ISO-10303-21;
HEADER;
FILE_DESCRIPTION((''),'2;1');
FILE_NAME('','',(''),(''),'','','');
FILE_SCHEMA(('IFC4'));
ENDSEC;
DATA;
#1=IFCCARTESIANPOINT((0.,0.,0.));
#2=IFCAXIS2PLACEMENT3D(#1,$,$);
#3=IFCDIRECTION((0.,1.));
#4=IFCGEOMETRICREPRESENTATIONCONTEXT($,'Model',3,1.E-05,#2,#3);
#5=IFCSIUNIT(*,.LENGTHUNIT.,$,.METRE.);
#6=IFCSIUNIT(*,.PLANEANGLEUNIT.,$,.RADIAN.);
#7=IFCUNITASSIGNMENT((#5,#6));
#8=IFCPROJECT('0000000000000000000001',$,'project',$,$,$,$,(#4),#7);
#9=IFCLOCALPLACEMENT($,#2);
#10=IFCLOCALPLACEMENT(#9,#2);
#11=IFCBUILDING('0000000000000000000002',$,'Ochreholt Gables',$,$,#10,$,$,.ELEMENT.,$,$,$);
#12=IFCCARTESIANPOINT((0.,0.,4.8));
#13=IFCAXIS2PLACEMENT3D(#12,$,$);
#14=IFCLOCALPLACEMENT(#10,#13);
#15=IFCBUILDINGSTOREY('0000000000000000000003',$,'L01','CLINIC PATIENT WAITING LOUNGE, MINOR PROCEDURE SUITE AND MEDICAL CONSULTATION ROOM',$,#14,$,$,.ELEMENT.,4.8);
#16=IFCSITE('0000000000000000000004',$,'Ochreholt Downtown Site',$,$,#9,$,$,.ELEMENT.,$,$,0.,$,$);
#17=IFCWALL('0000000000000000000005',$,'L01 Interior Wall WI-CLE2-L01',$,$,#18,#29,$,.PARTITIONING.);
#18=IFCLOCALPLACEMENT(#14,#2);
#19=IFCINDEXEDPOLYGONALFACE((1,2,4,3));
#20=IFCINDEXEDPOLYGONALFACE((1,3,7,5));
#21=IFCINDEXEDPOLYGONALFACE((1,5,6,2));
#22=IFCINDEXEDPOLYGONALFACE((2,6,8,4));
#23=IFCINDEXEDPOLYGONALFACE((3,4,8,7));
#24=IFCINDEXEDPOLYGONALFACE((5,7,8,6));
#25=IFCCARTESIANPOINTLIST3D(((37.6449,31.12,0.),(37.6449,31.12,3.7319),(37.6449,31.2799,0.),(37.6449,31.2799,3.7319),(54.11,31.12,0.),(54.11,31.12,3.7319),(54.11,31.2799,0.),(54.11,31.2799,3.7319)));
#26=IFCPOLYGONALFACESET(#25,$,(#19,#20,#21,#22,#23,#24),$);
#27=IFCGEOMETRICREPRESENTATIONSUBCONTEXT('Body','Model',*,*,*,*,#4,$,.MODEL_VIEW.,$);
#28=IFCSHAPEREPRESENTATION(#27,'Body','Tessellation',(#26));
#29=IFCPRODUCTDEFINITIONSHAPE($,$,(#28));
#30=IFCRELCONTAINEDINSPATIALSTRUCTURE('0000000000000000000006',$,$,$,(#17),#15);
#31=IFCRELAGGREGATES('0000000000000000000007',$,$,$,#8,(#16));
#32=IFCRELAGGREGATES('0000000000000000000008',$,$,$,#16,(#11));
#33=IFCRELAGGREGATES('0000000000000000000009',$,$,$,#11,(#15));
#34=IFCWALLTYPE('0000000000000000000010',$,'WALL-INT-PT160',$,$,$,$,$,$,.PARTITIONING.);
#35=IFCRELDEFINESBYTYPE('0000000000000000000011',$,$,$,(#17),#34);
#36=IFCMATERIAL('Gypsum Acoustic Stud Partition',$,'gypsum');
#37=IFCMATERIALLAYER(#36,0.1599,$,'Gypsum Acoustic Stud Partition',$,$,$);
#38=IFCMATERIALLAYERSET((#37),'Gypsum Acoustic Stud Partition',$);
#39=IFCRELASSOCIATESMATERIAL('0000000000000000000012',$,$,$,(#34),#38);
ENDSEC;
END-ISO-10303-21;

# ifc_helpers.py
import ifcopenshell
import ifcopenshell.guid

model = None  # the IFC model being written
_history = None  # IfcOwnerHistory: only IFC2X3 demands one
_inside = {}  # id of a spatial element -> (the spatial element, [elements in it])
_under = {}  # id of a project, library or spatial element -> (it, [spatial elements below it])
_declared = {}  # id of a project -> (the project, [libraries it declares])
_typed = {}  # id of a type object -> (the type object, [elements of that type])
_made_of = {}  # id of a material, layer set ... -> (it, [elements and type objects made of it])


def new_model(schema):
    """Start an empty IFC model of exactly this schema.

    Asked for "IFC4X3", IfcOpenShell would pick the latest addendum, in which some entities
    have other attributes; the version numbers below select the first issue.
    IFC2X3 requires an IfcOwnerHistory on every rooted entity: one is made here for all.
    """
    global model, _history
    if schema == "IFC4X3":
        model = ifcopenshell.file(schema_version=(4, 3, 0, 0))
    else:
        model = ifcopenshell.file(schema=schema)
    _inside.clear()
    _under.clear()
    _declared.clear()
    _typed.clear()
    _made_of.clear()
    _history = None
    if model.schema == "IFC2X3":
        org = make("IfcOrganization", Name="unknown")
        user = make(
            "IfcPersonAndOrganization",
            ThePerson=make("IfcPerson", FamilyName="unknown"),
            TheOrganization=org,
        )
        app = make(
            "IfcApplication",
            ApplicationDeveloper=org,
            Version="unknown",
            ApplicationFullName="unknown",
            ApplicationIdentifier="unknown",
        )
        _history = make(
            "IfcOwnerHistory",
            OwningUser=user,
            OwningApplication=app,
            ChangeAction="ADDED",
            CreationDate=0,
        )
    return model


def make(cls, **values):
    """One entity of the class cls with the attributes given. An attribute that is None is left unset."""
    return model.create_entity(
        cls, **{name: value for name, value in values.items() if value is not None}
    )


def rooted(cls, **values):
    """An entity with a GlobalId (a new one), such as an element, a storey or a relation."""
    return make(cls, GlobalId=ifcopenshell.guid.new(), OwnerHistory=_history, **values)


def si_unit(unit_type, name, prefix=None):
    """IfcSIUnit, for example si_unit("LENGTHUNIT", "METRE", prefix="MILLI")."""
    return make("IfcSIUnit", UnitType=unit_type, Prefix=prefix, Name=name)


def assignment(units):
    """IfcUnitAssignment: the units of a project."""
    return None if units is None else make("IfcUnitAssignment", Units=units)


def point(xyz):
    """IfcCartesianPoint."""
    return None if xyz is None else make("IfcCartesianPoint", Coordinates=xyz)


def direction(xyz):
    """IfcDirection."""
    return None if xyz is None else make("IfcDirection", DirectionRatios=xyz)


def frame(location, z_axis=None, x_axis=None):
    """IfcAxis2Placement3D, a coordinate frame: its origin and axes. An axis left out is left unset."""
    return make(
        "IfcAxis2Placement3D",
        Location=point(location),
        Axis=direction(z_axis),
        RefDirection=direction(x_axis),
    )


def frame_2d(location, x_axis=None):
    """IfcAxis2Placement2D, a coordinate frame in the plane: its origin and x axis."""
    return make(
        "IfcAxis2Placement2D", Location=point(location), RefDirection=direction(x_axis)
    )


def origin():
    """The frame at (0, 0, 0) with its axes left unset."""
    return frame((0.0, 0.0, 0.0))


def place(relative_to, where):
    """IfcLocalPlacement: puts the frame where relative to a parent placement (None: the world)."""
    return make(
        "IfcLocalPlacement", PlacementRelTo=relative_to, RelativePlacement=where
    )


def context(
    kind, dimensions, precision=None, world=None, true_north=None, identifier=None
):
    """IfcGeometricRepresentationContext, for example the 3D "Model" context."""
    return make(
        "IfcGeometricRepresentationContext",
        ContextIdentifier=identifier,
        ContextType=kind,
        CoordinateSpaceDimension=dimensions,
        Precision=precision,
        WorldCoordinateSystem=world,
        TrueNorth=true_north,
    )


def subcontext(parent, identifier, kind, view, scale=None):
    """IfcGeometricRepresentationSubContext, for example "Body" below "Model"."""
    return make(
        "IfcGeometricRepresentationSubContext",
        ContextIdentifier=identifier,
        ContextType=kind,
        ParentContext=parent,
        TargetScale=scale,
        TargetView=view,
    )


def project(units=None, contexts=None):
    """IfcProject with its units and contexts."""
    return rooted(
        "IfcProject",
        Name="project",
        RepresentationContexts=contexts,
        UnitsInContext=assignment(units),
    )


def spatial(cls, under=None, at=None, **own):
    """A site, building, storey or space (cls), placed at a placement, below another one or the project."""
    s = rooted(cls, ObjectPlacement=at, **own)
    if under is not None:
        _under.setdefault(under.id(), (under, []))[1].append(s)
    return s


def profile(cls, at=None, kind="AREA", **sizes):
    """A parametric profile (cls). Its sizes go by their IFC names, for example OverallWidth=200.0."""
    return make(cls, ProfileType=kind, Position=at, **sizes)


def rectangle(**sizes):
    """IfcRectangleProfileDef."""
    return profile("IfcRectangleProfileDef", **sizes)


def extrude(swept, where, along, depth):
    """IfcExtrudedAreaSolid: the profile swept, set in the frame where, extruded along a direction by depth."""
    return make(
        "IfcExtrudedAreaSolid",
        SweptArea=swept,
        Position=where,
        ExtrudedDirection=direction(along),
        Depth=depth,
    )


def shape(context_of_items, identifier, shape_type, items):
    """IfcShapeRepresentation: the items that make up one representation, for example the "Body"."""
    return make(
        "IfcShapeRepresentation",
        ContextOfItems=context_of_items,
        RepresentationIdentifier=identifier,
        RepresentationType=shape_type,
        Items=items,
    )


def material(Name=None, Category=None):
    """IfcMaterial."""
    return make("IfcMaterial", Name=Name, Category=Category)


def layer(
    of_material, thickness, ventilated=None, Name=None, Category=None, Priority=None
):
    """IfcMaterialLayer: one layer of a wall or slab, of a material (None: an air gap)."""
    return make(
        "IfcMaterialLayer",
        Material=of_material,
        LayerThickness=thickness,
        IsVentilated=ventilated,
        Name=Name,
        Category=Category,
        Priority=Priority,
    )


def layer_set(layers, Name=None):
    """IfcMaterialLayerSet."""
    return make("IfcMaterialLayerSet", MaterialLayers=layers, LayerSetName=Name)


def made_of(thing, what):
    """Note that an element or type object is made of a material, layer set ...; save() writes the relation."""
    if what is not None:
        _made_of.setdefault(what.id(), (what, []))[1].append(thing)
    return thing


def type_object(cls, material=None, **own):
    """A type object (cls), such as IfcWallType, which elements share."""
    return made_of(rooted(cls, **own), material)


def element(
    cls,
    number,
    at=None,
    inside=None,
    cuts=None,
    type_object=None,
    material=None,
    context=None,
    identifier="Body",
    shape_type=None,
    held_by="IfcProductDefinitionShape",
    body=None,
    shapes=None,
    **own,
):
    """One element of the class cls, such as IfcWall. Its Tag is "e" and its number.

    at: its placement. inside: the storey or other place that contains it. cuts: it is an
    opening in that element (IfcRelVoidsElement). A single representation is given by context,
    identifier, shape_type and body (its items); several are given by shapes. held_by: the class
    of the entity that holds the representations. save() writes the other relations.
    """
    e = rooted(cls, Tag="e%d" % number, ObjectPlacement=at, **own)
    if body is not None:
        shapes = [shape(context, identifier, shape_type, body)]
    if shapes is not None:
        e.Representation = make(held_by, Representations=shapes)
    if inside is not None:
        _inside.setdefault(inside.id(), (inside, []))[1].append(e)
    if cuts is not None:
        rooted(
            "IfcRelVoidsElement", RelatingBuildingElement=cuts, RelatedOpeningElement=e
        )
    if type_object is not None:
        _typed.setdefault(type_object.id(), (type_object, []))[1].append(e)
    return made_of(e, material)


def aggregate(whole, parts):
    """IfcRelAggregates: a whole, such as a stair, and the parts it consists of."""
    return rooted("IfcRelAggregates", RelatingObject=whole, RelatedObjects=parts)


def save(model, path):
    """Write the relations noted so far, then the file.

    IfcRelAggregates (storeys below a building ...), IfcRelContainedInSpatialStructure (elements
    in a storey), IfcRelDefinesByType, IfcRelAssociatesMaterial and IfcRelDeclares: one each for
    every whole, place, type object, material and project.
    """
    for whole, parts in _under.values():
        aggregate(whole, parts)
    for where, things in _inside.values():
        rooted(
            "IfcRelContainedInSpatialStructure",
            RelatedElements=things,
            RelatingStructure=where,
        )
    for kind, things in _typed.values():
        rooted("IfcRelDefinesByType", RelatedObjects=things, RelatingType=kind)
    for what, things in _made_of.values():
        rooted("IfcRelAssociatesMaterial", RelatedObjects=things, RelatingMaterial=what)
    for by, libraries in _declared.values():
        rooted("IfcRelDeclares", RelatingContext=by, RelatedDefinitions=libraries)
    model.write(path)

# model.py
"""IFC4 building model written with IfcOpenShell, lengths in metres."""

from ifc_helpers import new_model, si_unit, direction, frame, frame_2d, origin, place, context, subcontext, project, spatial, rectangle, extrude, material, layer, layer_set, type_object, element, save


model = new_model("IFC4")

# Units and contexts
model_context = context("Model", 3, precision=1e-05, world=origin(), true_north=direction((0.0, 1.0)))
body_context = subcontext(model_context, "Body", "Model", "MODEL_VIEW")
ifc_project = project(units=[si_unit("LENGTHUNIT", "METRE"), si_unit("PLANEANGLEUNIT", "RADIAN")], contexts=[model_context])

# Site, building, storey
site_placement = place(None, origin())
site = spatial("IfcSite", under=ifc_project, at=site_placement, Name="Ochreholt Downtown Site", CompositionType="ELEMENT", RefElevation=0.0)
building_placement = place(site_placement, origin())
building = spatial("IfcBuilding", under=site, at=building_placement, Name="Ochreholt Gables", CompositionType="ELEMENT")
storey_placement = place(building_placement, frame((0.0, 0.0, 4.8)))
storey = spatial("IfcBuildingStorey", under=building, at=storey_placement, Name="L01", Description="CLINIC PATIENT WAITING LOUNGE, MINOR PROCEDURE SUITE AND MEDICAL CONSULTATION ROOM", CompositionType="ELEMENT", Elevation=4.8)

# Wall
ifc_material_1 = material(Name="Gypsum Acoustic Stud Partition", Category="gypsum")
ifc_layer_1 = layer(ifc_material_1, 0.1599, Name="Gypsum Acoustic Stud Partition")
ifc_layer_set_1 = layer_set([ifc_layer_1], Name="Gypsum Acoustic Stud Partition")
wall_type_1 = type_object("IfcWallType", Name="WALL-INT-PT160", PredefinedType="PARTITIONING", material=ifc_layer_set_1)
wall_1_placement = place(storey_placement, frame((37.645, 31.2, 0.0), z_axis=(0.0, 0.0, 1.0), x_axis=(1.0, 0.0, 0.0)))
element("IfcWall", 1, at=wall_1_placement, inside=storey, type_object=wall_type_1, Name="L01 Interior Wall WI-CLE2-L01", PredefinedType="PARTITIONING", context=body_context, shape_type="SweptSolid", body=[
    extrude(rectangle(XDim=16.4651, YDim=0.1599, at=frame_2d((8.2324, 0.0))), origin(), (0.0, 0.0, 1.0), 3.7319),
])

save(model, "model.ifc")
